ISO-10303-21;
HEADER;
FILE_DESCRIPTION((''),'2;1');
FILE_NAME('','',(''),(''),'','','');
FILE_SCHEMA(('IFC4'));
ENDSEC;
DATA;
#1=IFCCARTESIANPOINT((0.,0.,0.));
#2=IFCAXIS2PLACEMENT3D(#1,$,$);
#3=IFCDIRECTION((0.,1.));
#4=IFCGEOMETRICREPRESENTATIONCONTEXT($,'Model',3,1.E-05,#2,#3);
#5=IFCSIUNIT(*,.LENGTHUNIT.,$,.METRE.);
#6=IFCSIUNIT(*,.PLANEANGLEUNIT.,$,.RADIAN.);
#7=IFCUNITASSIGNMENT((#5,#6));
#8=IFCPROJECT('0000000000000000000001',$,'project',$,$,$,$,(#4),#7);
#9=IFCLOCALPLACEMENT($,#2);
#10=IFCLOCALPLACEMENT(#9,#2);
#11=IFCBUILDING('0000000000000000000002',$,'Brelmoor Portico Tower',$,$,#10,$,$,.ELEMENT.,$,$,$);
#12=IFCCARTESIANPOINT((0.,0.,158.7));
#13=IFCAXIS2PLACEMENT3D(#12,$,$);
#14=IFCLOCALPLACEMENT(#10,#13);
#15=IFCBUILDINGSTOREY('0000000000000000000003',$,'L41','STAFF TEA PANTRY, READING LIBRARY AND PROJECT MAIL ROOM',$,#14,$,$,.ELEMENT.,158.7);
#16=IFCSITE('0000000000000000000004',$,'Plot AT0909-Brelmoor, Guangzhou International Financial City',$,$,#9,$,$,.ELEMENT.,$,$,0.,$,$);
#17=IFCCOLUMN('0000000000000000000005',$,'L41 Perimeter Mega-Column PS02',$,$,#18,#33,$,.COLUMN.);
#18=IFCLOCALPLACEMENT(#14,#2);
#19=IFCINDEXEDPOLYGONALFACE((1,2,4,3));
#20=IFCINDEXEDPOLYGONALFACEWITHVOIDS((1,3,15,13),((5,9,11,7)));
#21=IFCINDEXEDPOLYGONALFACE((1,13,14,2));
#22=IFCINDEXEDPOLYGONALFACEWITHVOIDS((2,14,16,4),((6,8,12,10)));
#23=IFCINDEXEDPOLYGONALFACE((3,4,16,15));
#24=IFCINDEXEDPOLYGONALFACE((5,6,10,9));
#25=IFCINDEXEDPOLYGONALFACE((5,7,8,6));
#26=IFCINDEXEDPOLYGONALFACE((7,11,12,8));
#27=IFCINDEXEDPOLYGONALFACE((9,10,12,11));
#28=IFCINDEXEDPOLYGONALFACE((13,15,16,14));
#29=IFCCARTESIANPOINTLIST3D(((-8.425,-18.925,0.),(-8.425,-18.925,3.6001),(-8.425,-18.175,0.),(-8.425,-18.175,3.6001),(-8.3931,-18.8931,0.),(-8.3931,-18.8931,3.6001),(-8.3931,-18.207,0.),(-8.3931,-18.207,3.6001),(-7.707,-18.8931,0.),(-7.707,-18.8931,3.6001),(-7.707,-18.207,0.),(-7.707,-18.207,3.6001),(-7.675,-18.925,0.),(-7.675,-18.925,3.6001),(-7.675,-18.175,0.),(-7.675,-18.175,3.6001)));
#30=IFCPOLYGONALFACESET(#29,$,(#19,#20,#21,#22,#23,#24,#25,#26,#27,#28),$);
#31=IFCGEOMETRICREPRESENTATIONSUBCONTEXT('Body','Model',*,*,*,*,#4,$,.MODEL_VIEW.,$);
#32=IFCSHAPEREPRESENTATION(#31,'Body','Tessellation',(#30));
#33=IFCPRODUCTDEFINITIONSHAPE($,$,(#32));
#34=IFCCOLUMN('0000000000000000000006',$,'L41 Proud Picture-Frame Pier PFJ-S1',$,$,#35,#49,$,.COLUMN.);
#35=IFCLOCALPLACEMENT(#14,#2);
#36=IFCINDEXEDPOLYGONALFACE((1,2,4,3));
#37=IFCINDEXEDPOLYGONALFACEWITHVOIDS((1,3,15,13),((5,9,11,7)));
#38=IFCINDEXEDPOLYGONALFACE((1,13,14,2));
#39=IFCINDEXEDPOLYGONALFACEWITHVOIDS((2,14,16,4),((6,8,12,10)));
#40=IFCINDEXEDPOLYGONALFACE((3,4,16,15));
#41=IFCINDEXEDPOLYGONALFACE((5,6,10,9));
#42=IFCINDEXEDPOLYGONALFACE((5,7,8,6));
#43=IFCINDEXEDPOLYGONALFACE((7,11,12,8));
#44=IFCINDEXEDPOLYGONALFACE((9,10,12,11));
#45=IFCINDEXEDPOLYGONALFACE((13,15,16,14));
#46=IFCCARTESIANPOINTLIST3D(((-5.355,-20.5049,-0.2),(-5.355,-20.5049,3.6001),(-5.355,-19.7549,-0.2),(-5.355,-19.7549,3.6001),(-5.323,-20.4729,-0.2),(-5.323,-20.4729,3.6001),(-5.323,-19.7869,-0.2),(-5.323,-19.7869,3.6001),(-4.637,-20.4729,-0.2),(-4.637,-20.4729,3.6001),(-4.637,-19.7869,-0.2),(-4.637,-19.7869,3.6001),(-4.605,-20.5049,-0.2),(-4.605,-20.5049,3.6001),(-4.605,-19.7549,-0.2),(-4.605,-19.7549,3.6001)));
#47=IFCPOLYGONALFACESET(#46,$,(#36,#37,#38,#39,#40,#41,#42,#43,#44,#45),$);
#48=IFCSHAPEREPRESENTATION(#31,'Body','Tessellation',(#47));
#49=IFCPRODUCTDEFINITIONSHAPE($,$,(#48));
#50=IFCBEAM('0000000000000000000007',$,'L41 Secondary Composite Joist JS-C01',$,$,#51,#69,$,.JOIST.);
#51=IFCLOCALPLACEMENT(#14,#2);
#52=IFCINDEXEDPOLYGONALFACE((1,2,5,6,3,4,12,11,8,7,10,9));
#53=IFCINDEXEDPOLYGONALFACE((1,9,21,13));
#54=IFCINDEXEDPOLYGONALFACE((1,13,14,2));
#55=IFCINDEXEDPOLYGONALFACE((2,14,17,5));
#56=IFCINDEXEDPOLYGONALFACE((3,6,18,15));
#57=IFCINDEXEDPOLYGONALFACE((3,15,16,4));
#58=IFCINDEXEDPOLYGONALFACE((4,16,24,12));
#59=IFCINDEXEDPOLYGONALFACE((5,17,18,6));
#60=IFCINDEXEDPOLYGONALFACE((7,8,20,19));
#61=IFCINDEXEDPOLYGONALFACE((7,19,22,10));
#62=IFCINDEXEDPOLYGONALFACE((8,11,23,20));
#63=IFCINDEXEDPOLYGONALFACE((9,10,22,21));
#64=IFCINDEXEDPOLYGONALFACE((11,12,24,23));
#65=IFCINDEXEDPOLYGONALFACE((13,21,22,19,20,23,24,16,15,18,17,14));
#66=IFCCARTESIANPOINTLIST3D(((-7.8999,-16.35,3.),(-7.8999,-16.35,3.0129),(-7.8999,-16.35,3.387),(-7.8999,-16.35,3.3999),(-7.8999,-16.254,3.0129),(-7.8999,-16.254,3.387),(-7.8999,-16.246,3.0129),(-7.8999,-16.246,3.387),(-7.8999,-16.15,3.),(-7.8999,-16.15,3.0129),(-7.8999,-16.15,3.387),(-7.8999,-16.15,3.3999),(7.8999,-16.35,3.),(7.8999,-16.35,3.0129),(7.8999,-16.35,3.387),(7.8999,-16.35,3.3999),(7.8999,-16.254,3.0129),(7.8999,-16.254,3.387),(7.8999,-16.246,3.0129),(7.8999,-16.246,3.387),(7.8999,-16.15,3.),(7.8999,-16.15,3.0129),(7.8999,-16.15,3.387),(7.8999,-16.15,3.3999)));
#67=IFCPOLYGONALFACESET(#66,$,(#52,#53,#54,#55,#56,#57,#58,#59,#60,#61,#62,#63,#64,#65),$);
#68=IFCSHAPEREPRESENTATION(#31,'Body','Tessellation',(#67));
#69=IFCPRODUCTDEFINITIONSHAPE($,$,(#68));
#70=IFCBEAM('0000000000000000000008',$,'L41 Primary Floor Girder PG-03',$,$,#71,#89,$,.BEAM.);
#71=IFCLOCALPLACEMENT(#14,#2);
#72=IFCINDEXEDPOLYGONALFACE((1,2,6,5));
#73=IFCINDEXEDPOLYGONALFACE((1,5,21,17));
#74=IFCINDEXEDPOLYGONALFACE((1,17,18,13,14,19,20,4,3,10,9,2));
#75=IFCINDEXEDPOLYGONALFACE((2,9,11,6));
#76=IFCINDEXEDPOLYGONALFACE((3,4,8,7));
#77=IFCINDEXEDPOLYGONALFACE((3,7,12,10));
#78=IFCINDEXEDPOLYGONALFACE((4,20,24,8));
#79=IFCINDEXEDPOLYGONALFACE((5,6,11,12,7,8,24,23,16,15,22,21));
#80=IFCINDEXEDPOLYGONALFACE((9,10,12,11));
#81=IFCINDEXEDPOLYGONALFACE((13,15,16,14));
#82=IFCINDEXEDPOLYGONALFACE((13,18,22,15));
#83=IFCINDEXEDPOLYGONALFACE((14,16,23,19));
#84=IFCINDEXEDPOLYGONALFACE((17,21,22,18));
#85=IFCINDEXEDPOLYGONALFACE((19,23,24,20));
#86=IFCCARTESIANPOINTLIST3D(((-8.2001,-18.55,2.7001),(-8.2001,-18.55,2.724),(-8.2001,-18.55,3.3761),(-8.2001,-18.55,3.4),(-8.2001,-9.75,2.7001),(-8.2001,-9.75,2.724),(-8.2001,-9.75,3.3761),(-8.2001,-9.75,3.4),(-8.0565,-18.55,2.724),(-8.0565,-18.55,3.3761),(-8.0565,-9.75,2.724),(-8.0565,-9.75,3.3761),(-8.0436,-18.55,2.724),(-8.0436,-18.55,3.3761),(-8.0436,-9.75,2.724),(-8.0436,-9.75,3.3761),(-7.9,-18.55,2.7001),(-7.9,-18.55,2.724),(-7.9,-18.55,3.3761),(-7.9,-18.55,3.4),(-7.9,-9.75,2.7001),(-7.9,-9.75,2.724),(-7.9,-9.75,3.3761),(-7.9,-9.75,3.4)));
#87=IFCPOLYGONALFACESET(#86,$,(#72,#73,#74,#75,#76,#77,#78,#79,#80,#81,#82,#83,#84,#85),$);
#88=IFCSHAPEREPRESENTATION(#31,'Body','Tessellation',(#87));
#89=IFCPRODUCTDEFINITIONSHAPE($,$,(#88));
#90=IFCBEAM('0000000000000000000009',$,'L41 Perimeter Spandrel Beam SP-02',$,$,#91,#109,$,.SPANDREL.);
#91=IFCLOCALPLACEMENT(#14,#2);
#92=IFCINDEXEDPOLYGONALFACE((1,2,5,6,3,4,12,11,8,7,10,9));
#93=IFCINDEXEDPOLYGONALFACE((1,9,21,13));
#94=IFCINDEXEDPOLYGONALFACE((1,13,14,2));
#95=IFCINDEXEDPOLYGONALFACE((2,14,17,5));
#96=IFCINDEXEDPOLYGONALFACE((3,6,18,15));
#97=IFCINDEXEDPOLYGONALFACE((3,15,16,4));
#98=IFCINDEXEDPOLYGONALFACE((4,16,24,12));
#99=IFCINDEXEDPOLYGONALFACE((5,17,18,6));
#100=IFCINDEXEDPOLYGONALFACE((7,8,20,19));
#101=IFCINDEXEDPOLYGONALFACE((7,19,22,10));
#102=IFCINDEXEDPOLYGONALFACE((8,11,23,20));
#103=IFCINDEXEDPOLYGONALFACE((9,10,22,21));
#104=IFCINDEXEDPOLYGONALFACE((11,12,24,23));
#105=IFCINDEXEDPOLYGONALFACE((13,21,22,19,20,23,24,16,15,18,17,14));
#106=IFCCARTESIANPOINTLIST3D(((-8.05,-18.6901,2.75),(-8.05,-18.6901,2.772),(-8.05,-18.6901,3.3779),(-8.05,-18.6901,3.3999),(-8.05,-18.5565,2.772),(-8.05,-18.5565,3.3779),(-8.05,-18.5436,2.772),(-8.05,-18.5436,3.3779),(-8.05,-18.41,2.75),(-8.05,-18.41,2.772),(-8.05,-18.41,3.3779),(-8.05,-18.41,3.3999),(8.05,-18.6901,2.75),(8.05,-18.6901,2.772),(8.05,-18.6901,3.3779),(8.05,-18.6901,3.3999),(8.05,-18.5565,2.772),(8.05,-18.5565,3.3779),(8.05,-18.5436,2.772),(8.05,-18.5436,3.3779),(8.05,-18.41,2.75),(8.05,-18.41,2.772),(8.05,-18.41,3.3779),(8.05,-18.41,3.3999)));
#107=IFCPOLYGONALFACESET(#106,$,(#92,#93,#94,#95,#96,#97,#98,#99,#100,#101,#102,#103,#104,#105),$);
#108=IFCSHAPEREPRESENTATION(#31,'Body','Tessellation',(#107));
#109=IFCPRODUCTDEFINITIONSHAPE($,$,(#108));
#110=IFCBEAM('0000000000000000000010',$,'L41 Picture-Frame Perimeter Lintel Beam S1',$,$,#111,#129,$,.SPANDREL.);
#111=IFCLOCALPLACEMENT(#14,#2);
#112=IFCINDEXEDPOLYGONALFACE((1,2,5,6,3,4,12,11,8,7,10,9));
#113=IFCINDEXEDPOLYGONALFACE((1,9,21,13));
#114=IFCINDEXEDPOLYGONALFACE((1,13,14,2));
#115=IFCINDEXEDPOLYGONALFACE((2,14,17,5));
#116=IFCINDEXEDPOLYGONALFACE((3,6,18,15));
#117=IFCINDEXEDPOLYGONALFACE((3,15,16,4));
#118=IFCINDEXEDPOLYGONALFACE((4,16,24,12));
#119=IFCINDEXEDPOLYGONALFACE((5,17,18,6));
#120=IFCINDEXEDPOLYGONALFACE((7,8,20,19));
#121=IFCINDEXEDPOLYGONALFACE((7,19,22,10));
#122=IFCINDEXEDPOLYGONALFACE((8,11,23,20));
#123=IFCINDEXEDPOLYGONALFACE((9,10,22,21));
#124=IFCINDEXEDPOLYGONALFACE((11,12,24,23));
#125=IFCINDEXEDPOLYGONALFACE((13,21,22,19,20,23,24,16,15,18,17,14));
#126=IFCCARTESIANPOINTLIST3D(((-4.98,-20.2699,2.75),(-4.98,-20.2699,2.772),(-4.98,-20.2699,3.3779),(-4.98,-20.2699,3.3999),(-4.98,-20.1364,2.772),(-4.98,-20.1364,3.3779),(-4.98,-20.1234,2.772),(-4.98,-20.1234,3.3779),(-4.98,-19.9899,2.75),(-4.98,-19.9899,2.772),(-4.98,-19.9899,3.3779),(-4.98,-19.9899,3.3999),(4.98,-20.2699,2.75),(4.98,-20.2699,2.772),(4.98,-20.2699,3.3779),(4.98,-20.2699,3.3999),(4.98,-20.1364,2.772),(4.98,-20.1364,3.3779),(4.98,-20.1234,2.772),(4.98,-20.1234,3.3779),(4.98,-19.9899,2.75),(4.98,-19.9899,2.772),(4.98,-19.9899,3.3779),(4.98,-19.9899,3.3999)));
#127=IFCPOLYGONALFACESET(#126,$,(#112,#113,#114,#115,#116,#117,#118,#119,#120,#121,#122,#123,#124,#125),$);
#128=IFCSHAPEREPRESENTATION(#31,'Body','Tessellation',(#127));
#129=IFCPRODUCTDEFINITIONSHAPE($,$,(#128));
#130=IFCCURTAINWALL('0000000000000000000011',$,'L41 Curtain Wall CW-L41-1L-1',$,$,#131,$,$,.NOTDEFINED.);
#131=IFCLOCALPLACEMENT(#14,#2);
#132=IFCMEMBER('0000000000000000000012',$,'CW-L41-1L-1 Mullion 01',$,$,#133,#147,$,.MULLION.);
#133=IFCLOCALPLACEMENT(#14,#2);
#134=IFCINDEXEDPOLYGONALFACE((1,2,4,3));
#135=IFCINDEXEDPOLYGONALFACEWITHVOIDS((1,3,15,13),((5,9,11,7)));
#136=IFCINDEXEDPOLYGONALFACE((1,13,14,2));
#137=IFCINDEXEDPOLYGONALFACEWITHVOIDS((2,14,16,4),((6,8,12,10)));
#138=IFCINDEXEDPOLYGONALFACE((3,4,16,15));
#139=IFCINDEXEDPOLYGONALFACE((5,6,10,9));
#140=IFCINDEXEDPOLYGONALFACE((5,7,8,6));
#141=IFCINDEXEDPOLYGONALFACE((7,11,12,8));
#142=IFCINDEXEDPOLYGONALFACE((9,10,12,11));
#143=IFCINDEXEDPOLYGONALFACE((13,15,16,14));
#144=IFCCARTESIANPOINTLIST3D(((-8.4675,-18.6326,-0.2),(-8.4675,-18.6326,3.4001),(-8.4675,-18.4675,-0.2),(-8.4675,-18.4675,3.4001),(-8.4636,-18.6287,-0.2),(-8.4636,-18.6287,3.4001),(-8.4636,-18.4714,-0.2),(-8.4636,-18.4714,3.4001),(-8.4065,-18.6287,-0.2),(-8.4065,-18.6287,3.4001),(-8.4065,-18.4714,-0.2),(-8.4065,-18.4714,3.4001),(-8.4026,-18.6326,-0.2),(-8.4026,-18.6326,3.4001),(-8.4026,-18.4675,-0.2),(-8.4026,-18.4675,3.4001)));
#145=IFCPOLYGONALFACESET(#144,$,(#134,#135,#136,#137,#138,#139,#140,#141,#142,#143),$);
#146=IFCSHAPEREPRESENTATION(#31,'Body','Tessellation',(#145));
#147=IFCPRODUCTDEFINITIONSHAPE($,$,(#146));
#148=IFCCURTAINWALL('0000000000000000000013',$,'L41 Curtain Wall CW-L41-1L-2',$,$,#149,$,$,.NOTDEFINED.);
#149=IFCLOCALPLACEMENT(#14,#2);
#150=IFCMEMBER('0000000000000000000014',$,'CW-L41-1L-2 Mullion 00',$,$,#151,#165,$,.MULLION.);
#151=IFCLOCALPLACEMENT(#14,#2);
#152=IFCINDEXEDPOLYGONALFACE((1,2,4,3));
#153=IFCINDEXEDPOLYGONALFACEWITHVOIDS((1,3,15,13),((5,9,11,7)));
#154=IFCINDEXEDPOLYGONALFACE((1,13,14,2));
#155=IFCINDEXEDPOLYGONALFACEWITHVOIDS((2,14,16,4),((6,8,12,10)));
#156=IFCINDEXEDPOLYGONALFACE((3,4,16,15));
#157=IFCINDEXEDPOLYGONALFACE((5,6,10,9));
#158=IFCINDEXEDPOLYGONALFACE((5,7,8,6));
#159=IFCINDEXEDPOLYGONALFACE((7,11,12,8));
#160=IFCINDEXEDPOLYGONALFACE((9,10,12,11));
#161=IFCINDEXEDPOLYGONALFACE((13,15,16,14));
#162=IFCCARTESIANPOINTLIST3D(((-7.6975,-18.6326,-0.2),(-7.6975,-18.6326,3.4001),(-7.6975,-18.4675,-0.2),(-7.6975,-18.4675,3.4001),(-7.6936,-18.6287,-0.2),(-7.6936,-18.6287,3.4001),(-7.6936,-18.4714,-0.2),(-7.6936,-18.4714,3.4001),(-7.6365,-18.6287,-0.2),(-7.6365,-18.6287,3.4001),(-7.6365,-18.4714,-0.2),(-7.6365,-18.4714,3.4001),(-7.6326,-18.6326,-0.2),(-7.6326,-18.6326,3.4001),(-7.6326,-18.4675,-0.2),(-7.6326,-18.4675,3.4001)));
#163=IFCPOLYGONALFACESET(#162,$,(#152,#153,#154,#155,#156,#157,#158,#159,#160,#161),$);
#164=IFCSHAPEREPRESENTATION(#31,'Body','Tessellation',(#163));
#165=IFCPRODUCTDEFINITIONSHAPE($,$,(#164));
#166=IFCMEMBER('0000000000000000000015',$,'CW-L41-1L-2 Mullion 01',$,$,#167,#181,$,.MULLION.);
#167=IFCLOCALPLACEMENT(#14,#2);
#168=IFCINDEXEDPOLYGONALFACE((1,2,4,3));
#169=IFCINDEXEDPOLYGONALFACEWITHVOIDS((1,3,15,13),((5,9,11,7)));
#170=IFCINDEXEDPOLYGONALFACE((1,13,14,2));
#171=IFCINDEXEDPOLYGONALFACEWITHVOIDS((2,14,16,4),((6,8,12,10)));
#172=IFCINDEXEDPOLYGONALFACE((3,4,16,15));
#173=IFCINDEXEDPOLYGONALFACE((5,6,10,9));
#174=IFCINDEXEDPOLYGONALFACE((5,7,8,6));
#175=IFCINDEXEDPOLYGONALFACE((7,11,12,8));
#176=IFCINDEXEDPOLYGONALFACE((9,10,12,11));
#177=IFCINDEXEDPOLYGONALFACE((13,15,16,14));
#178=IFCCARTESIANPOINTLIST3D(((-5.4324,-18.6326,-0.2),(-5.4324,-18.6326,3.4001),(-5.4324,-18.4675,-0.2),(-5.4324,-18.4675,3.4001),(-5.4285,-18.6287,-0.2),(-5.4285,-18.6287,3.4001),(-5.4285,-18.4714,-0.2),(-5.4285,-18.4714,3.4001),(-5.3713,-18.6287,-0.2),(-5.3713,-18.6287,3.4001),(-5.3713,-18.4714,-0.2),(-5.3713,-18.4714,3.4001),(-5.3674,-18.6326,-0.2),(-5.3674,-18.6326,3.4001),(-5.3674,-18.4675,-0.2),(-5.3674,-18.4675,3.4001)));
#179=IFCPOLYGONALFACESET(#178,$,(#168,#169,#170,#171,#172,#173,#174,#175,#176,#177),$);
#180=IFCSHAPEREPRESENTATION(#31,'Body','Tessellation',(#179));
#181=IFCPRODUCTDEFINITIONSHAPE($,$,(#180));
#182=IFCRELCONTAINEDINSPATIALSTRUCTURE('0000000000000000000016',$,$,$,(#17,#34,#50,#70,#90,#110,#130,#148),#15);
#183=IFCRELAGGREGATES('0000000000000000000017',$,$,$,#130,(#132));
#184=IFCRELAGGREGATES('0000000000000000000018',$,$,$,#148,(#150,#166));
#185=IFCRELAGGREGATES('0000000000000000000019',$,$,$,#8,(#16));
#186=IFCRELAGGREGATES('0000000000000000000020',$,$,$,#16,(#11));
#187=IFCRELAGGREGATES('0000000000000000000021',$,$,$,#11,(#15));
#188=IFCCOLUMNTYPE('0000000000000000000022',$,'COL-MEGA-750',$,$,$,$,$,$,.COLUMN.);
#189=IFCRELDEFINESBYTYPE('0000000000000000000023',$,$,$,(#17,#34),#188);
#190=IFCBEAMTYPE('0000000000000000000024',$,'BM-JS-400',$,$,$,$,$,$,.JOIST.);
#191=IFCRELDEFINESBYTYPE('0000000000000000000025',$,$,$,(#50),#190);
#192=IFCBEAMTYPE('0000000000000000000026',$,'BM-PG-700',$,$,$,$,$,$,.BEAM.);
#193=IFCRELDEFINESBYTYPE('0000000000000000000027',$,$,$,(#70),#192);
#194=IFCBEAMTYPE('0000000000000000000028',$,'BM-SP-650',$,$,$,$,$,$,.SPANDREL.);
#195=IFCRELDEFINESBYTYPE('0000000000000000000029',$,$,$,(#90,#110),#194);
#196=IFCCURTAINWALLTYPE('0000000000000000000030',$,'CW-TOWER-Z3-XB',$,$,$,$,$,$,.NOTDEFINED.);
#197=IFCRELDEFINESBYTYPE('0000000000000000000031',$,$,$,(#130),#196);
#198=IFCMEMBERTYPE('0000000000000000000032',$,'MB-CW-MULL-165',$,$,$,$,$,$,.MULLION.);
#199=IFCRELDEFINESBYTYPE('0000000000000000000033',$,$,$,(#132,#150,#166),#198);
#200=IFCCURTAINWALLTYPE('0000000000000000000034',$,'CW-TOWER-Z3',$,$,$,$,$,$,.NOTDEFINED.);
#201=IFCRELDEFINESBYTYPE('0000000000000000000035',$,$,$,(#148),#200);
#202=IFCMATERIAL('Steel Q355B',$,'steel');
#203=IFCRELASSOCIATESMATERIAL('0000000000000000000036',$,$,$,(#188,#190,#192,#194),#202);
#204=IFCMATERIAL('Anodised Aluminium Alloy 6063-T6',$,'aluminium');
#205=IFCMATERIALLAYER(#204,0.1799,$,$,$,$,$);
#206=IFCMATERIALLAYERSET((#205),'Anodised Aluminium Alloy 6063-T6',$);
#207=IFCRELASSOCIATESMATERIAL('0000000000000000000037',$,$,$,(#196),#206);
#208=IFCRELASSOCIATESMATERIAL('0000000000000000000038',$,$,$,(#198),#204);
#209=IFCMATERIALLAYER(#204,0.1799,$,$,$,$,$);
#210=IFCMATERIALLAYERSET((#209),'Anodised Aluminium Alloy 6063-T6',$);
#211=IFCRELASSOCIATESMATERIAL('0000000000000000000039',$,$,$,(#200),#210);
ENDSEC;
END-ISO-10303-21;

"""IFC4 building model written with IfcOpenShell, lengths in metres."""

from ifc_helpers import new_model, si_unit, direction, frame, origin, origin_2d, place, context, subcontext, project, spatial, hollow_rectangle, i_section, extrude, material, layer, layer_set, material_profile, profile_set, type_object, element, aggregate, save


model = new_model("IFC4")

# Units and contexts
model_context = context("Model", 3, precision=1e-05, world=origin(), true_north=direction((0.0, 1.0)))
body_context = subcontext(model_context, "Body", "Model", "MODEL_VIEW")
ifc_project = project(units=[si_unit("LENGTHUNIT", "METRE"), si_unit("PLANEANGLEUNIT", "RADIAN")], contexts=[model_context])

# Site, building, storey
site_placement = place(None, origin())
site = spatial("IfcSite", under=ifc_project, at=site_placement, Name="Plot AT0909-Brelmoor, Guangzhou International Financial City", CompositionType="ELEMENT", RefElevation=0.0)
building_placement = place(site_placement, origin())
building = spatial("IfcBuilding", under=site, at=building_placement, Name="Brelmoor Portico Tower", CompositionType="ELEMENT")
storey_placement = place(building_placement, frame((0.0, 0.0, 158.7)))
storey = spatial("IfcBuildingStorey", under=building, at=storey_placement, Name="L41", Description="STAFF TEA PANTRY, READING LIBRARY AND PROJECT MAIL ROOM", CompositionType="ELEMENT", Elevation=158.7)

# Columns
ifc_material_1 = material(Name="Steel Q355B", Category="steel")
ifc_material_profile_1 = material_profile(ifc_material_1, hollow_rectangle(XDim=0.75, YDim=0.75, WallThickness=0.032, at=origin_2d()), Name="BOX 750x750x32")
ifc_profile_set_1 = profile_set([ifc_material_profile_1], Name="Steel Q355B")
column_type = type_object("IfcColumnType", Name="COL-MEGA-750", PredefinedType="COLUMN", material=ifc_profile_set_1)
column_1_placement = place(storey_placement, frame((-8.05, -18.55, 0.0), z_axis=(0.0, 0.0, 1.0), x_axis=(1.0, 0.0, 0.0)))
element("IfcColumn", 1, at=column_1_placement, inside=storey, type_object=column_type, Name="L41 Perimeter Mega-Column PS02", PredefinedType="COLUMN", context=body_context, shape_type="SweptSolid", body=[
    extrude(hollow_rectangle(XDim=0.75, YDim=0.75, WallThickness=0.032, at=origin_2d()), origin(), (0.0, 0.0, 1.0), 3.6001),
])
column_2_placement = place(storey_placement, frame((-4.98, -20.1299, -0.2), z_axis=(0.0, 0.0, 1.0), x_axis=(1.0, 0.0, 0.0)))
element("IfcColumn", 2, at=column_2_placement, inside=storey, type_object=column_type, Name="L41 Proud Picture-Frame Pier PFJ-S1", PredefinedType="COLUMN", context=body_context, shape_type="SweptSolid", body=[
    extrude(hollow_rectangle(XDim=0.75, YDim=0.75, WallThickness=0.032, at=origin_2d()), origin(), (0.0, 0.0, 1.0), 3.8),
])

# Beams
ifc_material_profile_2 = material_profile(ifc_material_1, i_section(OverallWidth=0.2, OverallDepth=0.3999, WebThickness=0.0081, FlangeThickness=0.0129, at=origin_2d()), Name="HN 400x200x8x13")
ifc_profile_set_2 = profile_set([ifc_material_profile_2], Name="Steel Q355B")
beam_type_1 = type_object("IfcBeamType", Name="BM-JS-400", PredefinedType="JOIST", material=ifc_profile_set_2)
beam_1_placement = place(storey_placement, frame((-7.8999, -16.25, 3.2), z_axis=(1.0, 0.0, 0.0), x_axis=(0.0, 1.0, 0.0)))
element("IfcBeam", 3, at=beam_1_placement, inside=storey, type_object=beam_type_1, Name="L41 Secondary Composite Joist JS-C01", PredefinedType="JOIST", context=body_context, shape_type="SweptSolid", body=[
    extrude(i_section(OverallWidth=0.2, OverallDepth=0.3999, WebThickness=0.0081, FlangeThickness=0.0129, at=origin_2d()), origin(), (0.0, 0.0, 1.0), 15.7998),
])
ifc_material_profile_3 = material_profile(ifc_material_1, i_section(OverallWidth=0.3, OverallDepth=0.7, WebThickness=0.0129, FlangeThickness=0.0239, at=origin_2d()), Name="HN 700x300x13x24")
ifc_profile_set_3 = profile_set([ifc_material_profile_3], Name="Steel Q355B")
beam_type_2 = type_object("IfcBeamType", Name="BM-PG-700", PredefinedType="BEAM", material=ifc_profile_set_3)
beam_2_placement = place(storey_placement, frame((-8.05, -18.55, 3.05), z_axis=(0.0, 1.0, 0.0), x_axis=(-1.0, 0.0, 0.0)))
element("IfcBeam", 4, at=beam_2_placement, inside=storey, type_object=beam_type_2, Name="L41 Primary Floor Girder PG-03", PredefinedType="BEAM", context=body_context, shape_type="SweptSolid", body=[
    extrude(i_section(OverallWidth=0.3, OverallDepth=0.7, WebThickness=0.0129, FlangeThickness=0.0239, at=origin_2d()), origin(), (0.0, 0.0, 1.0), 8.8),
])
ifc_material_profile_4 = material_profile(ifc_material_1, i_section(OverallWidth=0.28, OverallDepth=0.6499, WebThickness=0.0129, FlangeThickness=0.022, at=origin_2d()), Name="HN 650x280x13x22")
ifc_profile_set_4 = profile_set([ifc_material_profile_4], Name="Steel Q355B")
beam_type_3 = type_object("IfcBeamType", Name="BM-SP-650", PredefinedType="SPANDREL", material=ifc_profile_set_4)
beam_3_placement = place(storey_placement, frame((-8.05, -18.55, 3.075), z_axis=(1.0, 0.0, 0.0), x_axis=(0.0, 1.0, 0.0)))
element("IfcBeam", 5, at=beam_3_placement, inside=storey, type_object=beam_type_3, Name="L41 Perimeter Spandrel Beam SP-02", PredefinedType="SPANDREL", context=body_context, shape_type="SweptSolid", body=[
    extrude(i_section(OverallWidth=0.28, OverallDepth=0.6499, WebThickness=0.0129, FlangeThickness=0.022, at=origin_2d()), origin(), (0.0, 0.0, 1.0), 16.1001),
])
beam_4_placement = place(storey_placement, frame((-4.98, -20.1299, 3.075), z_axis=(1.0, 0.0, 0.0), x_axis=(0.0, 1.0, 0.0)))
element("IfcBeam", 6, at=beam_4_placement, inside=storey, type_object=beam_type_3, Name="L41 Picture-Frame Perimeter Lintel Beam S1", PredefinedType="SPANDREL", context=body_context, shape_type="SweptSolid", body=[
    extrude(i_section(OverallWidth=0.28, OverallDepth=0.6499, WebThickness=0.0129, FlangeThickness=0.022, at=origin_2d()), origin(), (0.0, 0.0, 1.0), 9.96),
])

# Curtain wall, member
ifc_material_2 = material(Name="Anodised Aluminium Alloy 6063-T6", Category="aluminium")
ifc_layer_1 = layer(ifc_material_2, 0.1799)
ifc_layer_set_1 = layer_set([ifc_layer_1], Name="Anodised Aluminium Alloy 6063-T6")
curtain_wall_type_1 = type_object("IfcCurtainWallType", Name="CW-TOWER-Z3-XB", PredefinedType="NOTDEFINED", material=ifc_layer_set_1)
curtain_wall_1_placement = place(storey_placement, origin())
curtain_wall_1 = element("IfcCurtainWall", 7, at=curtain_wall_1_placement, inside=storey, type_object=curtain_wall_type_1, Name="L41 Curtain Wall CW-L41-1L-1", PredefinedType="NOTDEFINED")
ifc_material_profile_5 = material_profile(ifc_material_2, hollow_rectangle(XDim=0.0649, YDim=0.165, WallThickness=0.0039, at=origin_2d()), Name="ALU MULLION 65x165")
ifc_profile_set_5 = profile_set([ifc_material_profile_5], Name="Anodised Aluminium Alloy 6063-T6")
member_type_1 = type_object("IfcMemberType", Name="MB-CW-MULL-165", PredefinedType="MULLION", material=ifc_profile_set_5)
member_1_placement = place(storey_placement, frame((-8.4351, -18.55, -0.2), z_axis=(0.0, 0.0, 1.0), x_axis=(1.0, 0.0, 0.0)))
member_1 = element("IfcMember", 8, at=member_1_placement, type_object=member_type_1, Name="CW-L41-1L-1 Mullion 01", PredefinedType="MULLION", context=body_context, shape_type="SweptSolid", body=[
    extrude(hollow_rectangle(XDim=0.0649, YDim=0.165, WallThickness=0.0039, at=origin_2d()), origin(), (0.0, 0.0, 1.0), 3.6001),
])

# Curtain wall, members
ifc_layer_2 = layer(ifc_material_2, 0.1799)
ifc_layer_set_2 = layer_set([ifc_layer_2], Name="Anodised Aluminium Alloy 6063-T6")
curtain_wall_type_2 = type_object("IfcCurtainWallType", Name="CW-TOWER-Z3", PredefinedType="NOTDEFINED", material=ifc_layer_set_2)
curtain_wall_2_placement = place(storey_placement, origin())
curtain_wall_2 = element("IfcCurtainWall", 9, at=curtain_wall_2_placement, inside=storey, type_object=curtain_wall_type_2, Name="L41 Curtain Wall CW-L41-1L-2", PredefinedType="NOTDEFINED")
member_2_placement = place(storey_placement, frame((-7.665, -18.55, -0.2), z_axis=(0.0, 0.0, 1.0), x_axis=(1.0, 0.0, 0.0)))
member_2 = element("IfcMember", 10, at=member_2_placement, type_object=member_type_1, Name="CW-L41-1L-2 Mullion 00", PredefinedType="MULLION", context=body_context, shape_type="SweptSolid", body=[
    extrude(hollow_rectangle(XDim=0.0649, YDim=0.165, WallThickness=0.0039, at=origin_2d()), origin(), (0.0, 0.0, 1.0), 3.6001),
])
member_3_placement = place(storey_placement, frame((-5.3999, -18.55, -0.2), z_axis=(0.0, 0.0, 1.0), x_axis=(1.0, 0.0, 0.0)))
member_3 = element("IfcMember", 11, at=member_3_placement, type_object=member_type_1, Name="CW-L41-1L-2 Mullion 01", PredefinedType="MULLION", context=body_context, shape_type="SweptSolid", body=[
    extrude(hollow_rectangle(XDim=0.0649, YDim=0.165, WallThickness=0.0039, at=origin_2d()), origin(), (0.0, 0.0, 1.0), 3.6001),
])

aggregate(curtain_wall_1, [member_1])
aggregate(curtain_wall_2, [member_2, member_3])

save(model, "model.ifc")
